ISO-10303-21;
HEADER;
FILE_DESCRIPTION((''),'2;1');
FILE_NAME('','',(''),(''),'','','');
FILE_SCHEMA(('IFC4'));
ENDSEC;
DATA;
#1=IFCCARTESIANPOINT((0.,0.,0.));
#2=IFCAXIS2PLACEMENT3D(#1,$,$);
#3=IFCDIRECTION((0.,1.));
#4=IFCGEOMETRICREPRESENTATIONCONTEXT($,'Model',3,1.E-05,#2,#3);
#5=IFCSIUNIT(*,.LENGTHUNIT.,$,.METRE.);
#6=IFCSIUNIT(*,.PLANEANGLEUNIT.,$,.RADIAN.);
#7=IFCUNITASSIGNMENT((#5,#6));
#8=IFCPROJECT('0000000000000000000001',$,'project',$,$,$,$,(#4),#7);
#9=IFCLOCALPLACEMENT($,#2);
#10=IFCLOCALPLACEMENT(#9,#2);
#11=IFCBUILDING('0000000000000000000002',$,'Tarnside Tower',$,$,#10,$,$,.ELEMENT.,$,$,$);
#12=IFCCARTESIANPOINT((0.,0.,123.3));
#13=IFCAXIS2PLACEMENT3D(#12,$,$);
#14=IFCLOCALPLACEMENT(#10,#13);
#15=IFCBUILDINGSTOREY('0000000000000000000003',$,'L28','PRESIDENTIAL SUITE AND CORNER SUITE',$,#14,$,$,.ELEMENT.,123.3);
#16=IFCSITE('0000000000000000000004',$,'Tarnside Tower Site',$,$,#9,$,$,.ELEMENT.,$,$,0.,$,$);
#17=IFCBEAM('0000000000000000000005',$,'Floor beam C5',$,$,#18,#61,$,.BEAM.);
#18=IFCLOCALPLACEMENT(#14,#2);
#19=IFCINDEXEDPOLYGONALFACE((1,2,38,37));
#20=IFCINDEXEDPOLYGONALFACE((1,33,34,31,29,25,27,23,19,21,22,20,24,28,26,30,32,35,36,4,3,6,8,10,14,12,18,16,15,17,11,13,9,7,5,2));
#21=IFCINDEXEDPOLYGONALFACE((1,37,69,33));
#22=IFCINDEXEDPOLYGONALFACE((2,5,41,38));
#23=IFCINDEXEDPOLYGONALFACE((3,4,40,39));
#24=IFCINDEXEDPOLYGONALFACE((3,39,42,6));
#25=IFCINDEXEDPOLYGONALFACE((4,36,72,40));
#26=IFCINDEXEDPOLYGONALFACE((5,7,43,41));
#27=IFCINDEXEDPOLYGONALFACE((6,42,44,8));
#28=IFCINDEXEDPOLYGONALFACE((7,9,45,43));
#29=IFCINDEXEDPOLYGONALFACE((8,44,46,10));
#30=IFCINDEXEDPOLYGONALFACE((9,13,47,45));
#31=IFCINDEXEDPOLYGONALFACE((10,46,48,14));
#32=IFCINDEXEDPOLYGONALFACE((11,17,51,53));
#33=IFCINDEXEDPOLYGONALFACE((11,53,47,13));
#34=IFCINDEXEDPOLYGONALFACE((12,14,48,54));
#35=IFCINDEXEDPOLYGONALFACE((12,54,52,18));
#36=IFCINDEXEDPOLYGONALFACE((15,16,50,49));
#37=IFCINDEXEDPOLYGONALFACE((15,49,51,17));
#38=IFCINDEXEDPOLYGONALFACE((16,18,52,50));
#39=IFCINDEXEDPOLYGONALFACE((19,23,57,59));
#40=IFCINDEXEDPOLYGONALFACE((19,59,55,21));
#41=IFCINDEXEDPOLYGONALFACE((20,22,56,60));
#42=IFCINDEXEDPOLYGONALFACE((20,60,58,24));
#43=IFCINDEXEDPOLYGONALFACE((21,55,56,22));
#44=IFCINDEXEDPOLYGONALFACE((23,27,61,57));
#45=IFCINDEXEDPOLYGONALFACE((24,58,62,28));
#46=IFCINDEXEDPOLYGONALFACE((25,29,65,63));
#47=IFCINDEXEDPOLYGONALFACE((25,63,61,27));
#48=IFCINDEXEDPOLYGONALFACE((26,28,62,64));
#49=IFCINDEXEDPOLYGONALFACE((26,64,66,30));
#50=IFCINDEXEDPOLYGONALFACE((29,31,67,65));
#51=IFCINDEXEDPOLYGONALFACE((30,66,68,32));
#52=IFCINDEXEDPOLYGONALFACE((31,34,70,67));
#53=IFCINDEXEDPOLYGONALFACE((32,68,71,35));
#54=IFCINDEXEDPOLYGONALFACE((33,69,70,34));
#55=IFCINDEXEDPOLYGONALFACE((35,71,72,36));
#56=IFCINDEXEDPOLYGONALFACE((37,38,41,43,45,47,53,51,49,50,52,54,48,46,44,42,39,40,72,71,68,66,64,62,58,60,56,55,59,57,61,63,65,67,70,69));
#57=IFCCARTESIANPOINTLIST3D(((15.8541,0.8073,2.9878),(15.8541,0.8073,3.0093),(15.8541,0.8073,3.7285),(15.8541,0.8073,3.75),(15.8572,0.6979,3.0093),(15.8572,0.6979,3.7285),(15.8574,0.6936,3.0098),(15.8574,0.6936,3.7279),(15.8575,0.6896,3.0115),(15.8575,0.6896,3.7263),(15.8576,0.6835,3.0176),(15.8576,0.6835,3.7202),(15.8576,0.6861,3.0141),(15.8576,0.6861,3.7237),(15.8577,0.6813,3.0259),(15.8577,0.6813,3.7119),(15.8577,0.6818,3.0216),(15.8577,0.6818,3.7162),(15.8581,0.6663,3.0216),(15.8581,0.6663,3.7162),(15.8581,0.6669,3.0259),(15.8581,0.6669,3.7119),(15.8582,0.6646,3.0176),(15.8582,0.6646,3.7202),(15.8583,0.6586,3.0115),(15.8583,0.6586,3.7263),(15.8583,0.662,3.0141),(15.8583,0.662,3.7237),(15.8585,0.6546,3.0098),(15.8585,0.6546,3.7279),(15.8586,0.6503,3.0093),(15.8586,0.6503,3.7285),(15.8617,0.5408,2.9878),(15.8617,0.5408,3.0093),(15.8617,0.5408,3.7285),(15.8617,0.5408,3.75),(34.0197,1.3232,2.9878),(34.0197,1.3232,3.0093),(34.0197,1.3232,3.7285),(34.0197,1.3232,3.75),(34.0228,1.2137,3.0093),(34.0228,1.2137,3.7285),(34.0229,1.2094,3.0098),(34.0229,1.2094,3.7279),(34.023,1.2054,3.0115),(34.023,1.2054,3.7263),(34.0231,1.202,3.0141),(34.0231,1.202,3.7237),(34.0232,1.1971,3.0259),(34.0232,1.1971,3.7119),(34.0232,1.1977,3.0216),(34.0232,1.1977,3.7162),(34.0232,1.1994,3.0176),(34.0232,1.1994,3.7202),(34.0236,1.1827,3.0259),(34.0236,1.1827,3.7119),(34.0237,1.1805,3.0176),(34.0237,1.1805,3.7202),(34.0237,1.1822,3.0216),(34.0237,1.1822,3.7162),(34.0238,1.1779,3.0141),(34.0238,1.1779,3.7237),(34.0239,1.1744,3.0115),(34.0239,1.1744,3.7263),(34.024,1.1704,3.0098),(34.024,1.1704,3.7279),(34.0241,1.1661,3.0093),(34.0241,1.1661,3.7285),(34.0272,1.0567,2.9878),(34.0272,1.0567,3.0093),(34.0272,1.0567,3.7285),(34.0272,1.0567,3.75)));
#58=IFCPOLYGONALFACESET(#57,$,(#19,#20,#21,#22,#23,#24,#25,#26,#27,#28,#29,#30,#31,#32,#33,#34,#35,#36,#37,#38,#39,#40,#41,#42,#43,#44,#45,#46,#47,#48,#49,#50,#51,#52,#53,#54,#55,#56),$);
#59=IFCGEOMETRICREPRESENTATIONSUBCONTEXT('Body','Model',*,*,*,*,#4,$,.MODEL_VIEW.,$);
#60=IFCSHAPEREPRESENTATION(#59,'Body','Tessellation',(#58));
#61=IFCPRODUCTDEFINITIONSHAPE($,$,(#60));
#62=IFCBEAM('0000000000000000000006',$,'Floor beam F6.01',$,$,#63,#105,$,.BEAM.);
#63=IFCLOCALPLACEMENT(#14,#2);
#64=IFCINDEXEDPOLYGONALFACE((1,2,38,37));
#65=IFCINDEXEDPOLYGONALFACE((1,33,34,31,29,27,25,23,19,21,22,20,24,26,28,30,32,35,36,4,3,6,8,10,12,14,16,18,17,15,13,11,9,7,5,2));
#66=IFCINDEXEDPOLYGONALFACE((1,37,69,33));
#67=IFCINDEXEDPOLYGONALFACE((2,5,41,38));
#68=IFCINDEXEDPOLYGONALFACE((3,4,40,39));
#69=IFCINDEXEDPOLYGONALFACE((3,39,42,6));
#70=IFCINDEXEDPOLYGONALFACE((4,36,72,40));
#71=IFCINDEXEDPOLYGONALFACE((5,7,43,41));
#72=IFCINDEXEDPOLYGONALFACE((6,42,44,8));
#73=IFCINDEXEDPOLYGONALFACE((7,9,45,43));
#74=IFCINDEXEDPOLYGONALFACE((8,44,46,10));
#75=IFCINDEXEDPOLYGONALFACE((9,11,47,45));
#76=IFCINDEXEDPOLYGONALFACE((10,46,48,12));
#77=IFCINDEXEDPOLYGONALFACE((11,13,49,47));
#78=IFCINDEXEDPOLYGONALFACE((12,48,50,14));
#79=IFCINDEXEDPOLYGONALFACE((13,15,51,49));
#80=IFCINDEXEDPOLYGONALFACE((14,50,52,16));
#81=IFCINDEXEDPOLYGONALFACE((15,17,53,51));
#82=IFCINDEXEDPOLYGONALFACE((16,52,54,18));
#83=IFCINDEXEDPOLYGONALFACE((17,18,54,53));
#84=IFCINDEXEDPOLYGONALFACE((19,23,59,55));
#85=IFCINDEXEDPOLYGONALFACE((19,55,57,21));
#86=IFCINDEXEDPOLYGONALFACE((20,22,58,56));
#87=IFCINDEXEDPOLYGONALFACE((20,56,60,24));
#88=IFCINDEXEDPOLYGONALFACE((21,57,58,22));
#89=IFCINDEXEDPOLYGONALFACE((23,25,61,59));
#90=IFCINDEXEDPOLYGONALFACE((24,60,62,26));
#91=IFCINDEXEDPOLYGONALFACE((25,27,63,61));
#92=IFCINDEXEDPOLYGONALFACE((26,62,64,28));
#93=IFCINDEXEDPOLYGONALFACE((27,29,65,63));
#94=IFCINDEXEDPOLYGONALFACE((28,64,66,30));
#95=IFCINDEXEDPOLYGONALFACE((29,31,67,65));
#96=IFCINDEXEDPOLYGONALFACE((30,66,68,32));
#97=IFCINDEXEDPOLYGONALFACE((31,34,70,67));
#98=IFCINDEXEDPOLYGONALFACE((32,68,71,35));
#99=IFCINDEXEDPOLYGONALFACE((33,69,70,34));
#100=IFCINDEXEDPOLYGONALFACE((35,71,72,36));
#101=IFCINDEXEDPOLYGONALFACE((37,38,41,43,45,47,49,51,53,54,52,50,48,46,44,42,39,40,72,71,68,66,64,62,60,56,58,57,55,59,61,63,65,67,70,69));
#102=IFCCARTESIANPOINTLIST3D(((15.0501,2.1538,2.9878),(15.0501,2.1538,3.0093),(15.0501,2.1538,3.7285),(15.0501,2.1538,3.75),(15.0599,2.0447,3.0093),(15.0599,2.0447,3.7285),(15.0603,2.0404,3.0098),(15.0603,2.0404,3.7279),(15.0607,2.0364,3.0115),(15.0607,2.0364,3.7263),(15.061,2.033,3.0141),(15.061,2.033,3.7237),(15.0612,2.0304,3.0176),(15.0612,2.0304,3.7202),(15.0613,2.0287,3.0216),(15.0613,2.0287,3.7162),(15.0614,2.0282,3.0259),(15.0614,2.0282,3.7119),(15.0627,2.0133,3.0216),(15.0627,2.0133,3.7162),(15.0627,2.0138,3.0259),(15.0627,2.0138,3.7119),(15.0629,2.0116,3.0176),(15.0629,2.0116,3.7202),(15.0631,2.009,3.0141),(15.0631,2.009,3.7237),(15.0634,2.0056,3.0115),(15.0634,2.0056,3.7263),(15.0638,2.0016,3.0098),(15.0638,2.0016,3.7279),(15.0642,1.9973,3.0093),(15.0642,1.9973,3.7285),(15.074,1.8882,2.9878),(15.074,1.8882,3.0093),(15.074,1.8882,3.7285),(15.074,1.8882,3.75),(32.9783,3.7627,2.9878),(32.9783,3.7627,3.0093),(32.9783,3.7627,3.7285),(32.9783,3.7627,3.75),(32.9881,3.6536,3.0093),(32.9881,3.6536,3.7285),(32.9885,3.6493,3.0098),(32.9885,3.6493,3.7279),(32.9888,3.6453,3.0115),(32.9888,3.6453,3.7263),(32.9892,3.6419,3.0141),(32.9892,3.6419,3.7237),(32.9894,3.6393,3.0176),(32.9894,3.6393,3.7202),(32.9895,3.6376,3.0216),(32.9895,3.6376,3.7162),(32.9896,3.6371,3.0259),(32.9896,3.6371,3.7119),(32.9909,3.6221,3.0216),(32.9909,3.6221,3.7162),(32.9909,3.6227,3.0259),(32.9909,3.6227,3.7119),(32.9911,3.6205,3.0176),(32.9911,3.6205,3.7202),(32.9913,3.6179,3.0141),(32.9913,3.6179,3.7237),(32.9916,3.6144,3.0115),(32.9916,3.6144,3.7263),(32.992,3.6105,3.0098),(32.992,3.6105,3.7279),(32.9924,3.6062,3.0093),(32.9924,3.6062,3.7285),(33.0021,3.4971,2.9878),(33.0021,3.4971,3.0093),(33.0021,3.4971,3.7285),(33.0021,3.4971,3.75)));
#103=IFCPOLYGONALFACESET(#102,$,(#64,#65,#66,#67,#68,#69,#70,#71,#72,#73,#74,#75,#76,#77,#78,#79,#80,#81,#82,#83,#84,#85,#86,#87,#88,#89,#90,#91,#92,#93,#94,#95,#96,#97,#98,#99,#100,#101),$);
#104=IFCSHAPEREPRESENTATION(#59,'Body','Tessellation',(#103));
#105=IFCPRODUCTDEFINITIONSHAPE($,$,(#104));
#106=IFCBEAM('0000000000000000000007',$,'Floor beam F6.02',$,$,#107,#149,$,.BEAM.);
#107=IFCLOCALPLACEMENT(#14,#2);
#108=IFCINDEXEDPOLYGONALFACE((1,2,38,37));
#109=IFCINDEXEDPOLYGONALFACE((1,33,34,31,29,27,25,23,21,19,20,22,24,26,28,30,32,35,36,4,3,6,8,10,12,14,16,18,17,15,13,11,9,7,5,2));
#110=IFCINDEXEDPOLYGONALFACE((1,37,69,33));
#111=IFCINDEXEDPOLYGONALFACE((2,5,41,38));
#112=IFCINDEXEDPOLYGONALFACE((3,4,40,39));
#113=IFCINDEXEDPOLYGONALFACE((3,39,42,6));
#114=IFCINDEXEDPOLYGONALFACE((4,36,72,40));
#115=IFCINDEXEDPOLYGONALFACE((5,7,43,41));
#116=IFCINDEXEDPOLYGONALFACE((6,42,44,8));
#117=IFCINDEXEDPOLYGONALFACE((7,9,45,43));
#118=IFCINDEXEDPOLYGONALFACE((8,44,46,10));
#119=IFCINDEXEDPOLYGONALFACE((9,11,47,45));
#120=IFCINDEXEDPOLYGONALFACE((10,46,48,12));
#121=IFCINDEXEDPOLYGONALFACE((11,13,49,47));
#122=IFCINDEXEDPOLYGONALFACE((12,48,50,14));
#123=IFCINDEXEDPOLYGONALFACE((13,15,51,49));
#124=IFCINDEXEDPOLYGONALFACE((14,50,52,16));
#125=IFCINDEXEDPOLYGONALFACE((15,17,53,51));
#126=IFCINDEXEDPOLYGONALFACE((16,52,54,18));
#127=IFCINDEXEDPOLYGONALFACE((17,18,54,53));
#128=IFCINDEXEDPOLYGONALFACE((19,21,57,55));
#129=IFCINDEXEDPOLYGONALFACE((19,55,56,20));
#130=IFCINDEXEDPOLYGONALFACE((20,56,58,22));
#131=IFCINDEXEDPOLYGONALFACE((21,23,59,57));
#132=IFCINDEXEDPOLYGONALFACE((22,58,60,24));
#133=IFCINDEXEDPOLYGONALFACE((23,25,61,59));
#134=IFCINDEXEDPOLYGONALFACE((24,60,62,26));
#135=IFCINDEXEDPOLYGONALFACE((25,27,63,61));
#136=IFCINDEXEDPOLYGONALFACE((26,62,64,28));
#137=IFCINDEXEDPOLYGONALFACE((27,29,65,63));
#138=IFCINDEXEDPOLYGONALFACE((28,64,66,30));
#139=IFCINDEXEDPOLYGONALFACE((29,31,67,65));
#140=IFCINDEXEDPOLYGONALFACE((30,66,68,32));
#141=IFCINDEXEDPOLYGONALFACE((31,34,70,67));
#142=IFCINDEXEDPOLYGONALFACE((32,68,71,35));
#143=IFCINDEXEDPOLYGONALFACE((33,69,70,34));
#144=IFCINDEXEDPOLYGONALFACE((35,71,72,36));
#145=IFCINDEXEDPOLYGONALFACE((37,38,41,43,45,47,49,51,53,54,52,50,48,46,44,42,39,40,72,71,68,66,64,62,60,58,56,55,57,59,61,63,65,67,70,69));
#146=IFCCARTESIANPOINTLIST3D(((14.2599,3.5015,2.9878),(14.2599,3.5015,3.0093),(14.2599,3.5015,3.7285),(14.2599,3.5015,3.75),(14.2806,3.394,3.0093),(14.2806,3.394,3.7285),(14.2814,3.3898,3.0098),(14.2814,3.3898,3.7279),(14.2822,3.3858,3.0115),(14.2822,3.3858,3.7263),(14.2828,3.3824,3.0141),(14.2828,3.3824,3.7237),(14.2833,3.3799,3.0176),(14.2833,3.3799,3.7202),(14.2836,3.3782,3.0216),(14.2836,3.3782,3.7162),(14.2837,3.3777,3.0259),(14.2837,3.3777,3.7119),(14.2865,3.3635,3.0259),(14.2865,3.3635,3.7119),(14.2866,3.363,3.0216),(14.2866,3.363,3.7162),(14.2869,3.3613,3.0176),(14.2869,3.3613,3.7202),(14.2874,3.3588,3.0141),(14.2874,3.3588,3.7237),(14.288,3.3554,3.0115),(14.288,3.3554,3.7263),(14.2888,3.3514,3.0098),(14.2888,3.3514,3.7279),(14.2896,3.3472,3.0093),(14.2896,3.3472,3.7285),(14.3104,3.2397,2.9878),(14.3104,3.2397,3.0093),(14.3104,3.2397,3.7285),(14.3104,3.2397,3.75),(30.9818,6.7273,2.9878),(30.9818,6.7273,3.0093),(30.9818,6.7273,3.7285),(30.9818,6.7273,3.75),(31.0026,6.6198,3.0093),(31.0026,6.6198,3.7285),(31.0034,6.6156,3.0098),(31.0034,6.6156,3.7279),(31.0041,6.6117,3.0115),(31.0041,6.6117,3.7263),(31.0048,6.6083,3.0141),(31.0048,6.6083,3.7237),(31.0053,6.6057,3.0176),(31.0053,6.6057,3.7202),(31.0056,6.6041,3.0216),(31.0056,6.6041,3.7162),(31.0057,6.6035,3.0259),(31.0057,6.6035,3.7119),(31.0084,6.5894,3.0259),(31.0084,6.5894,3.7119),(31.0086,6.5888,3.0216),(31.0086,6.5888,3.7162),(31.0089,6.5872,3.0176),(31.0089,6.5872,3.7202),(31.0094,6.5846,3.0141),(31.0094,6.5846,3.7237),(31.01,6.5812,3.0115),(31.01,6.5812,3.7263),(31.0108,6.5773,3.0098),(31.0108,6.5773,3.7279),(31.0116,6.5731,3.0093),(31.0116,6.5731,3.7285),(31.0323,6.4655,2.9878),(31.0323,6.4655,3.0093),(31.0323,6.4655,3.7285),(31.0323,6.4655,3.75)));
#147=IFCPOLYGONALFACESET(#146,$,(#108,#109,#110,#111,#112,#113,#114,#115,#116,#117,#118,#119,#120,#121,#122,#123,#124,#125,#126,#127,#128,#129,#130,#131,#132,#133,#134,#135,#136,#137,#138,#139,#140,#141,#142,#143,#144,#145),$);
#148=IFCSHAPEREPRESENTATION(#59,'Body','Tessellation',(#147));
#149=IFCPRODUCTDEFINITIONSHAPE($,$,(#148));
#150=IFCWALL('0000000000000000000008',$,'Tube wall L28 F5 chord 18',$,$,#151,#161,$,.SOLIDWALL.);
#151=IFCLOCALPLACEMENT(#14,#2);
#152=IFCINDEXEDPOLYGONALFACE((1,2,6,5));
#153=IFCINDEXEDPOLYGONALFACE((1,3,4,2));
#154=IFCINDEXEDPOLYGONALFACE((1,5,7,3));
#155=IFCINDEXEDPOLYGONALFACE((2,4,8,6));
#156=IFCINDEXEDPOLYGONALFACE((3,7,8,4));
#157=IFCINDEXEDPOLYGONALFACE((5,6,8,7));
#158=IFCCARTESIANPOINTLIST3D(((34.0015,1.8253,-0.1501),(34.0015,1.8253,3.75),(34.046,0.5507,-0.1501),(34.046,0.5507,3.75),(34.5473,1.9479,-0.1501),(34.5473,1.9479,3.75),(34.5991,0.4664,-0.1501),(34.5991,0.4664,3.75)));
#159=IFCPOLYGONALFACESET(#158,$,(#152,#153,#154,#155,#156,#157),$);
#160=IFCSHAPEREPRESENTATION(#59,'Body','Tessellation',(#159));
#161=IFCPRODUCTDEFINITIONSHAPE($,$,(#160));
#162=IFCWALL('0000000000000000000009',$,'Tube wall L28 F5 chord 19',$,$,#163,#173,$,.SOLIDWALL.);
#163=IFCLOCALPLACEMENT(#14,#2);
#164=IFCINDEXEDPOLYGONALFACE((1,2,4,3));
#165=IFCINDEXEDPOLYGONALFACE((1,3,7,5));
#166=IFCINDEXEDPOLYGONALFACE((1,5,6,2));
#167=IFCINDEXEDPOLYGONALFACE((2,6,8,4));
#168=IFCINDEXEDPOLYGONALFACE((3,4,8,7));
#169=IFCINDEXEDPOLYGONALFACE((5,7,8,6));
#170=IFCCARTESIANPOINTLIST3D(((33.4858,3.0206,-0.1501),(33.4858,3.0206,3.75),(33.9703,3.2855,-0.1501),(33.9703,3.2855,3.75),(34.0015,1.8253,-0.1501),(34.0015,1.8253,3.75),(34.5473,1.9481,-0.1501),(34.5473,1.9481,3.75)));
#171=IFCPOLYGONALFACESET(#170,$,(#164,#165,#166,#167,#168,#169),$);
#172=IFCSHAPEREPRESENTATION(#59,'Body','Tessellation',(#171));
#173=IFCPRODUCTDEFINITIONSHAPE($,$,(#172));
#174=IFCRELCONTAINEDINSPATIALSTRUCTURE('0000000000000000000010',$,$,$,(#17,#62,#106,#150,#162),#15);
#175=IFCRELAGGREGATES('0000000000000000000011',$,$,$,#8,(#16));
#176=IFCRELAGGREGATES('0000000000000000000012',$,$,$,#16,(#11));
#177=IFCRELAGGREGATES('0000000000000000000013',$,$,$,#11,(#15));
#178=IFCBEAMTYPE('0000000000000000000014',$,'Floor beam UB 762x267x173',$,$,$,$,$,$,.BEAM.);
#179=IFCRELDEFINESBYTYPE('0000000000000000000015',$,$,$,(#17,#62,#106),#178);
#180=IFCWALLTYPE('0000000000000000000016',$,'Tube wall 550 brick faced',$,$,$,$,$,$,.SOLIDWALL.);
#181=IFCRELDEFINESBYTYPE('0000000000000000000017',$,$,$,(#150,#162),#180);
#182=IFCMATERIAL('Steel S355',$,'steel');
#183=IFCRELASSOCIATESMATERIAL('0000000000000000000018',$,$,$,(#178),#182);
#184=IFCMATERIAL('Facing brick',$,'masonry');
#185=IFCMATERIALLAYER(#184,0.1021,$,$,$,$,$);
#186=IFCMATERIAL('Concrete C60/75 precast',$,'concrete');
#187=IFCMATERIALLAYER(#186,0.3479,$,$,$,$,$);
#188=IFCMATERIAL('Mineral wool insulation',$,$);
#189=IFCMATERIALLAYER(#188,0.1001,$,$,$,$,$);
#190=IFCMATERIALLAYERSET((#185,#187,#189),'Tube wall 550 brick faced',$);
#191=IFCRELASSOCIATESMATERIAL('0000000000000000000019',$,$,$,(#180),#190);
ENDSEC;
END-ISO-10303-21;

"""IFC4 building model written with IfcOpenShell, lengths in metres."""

from ifc_helpers import new_model, si_unit, direction, frame, origin, origin_2d, place, context, subcontext, project, spatial, polyline, i_section, outline, extrude, material, layer, layer_set, material_profile, profile_set, type_object, element, save


model = new_model("IFC4")

# Units and contexts
model_context = context("Model", 3, precision=1e-05, world=origin(), true_north=direction((0.0, 1.0)))
body_context = subcontext(model_context, "Body", "Model", "MODEL_VIEW")
ifc_project = project(units=[si_unit("LENGTHUNIT", "METRE"), si_unit("PLANEANGLEUNIT", "RADIAN")], contexts=[model_context])

# Site, building, storey
site_placement = place(None, origin())
site = spatial("IfcSite", under=ifc_project, at=site_placement, Name="Tarnside Tower Site", CompositionType="ELEMENT", RefElevation=0.0)
building_placement = place(site_placement, origin())
building = spatial("IfcBuilding", under=site, at=building_placement, Name="Tarnside Tower", CompositionType="ELEMENT")
storey_placement = place(building_placement, frame((0.0, 0.0, 123.3)))
storey = spatial("IfcBuildingStorey", under=building, at=storey_placement, Name="L28", Description="PRESIDENTIAL SUITE AND CORNER SUITE", CompositionType="ELEMENT", Elevation=123.3)

# Beams
ifc_material_1 = material(Name="Steel S355", Category="steel")
ifc_material_profile = material_profile(ifc_material_1, i_section(OverallWidth=0.2666, OverallDepth=0.7622, WebThickness=0.0144, FlangeThickness=0.0215, FilletRadius=0.0166, at=origin_2d()), Name="UB 762x267x173")
ifc_profile_set = profile_set([ifc_material_profile], Name="Steel S355")
beam_type = type_object("IfcBeamType", Name="Floor beam UB 762x267x173", PredefinedType="BEAM", material=ifc_profile_set)
beam_1_placement = place(storey_placement, frame((34.0234, 1.1899, 3.3689), z_axis=(-0.999597, -0.028387, 0.0), x_axis=(0.028387, -0.999597, 0.0)))
element("IfcBeam", 1, at=beam_1_placement, inside=storey, type_object=beam_type, Name="Floor beam C5", PredefinedType="BEAM", context=body_context, shape_type="SweptSolid", body=[
    extrude(i_section(OverallWidth=0.2666, OverallDepth=0.7622, WebThickness=0.0144, FlangeThickness=0.0215, FilletRadius=0.0166, at=origin_2d()), origin(), (0.0, 0.0, 1.0), 18.1729),
])
beam_2_placement = place(storey_placement, frame((32.9902, 3.6299, 3.3689), z_axis=(-0.995997, -0.089381, 0.0), x_axis=(0.089381, -0.995997, 0.0)))
element("IfcBeam", 2, at=beam_2_placement, inside=storey, type_object=beam_type, Name="Floor beam F6.01", PredefinedType="BEAM", context=body_context, shape_type="SweptSolid", body=[
    extrude(i_section(OverallWidth=0.2666, OverallDepth=0.7622, WebThickness=0.0144, FlangeThickness=0.0215, FilletRadius=0.0166, at=origin_2d()), origin(), (0.0, 0.0, 1.0), 18.0002),
])
beam_3_placement = place(storey_placement, frame((31.0071, 6.5964, 3.3689), z_axis=(-0.981897, -0.189418, 0.0), x_axis=(0.189418, -0.981897, 0.0)))
element("IfcBeam", 3, at=beam_3_placement, inside=storey, type_object=beam_type, Name="Floor beam F6.02", PredefinedType="BEAM", context=body_context, shape_type="SweptSolid", body=[
    extrude(i_section(OverallWidth=0.2666, OverallDepth=0.7622, WebThickness=0.0144, FlangeThickness=0.0215, FilletRadius=0.0166, at=origin_2d()), origin(), (0.0, 0.0, 1.0), 17.0303),
])

# Walls
ifc_material_2 = material(Name="Facing brick", Category="masonry")
ifc_layer_1 = layer(ifc_material_2, 0.1021)
ifc_material_3 = material(Name="Concrete C60/75 precast", Category="concrete")
ifc_layer_2 = layer(ifc_material_3, 0.3479)
ifc_material_4 = material(Name="Mineral wool insulation")
ifc_layer_3 = layer(ifc_material_4, 0.1001)
ifc_layer_set_1 = layer_set([ifc_layer_1, ifc_layer_2, ifc_layer_3], Name="Tube wall 550 brick faced")
wall_type = type_object("IfcWallType", Name="Tube wall 550 brick faced", PredefinedType="SOLIDWALL", material=ifc_layer_set_1)
wall_1_placement = place(storey_placement, frame((34.3225, 0.5085, -0.1501), z_axis=(0.0, 0.0, 1.0), x_axis=(-0.034877, 0.999392, 0.0)))
element("IfcWall", 4, at=wall_1_placement, inside=storey, type_object=wall_type, Name="Tube wall L28 F5 chord 18", PredefinedType="SOLIDWALL", context=body_context, shape_type="SweptSolid", body=[
    extrude(outline(polyline([(-0.0518, -0.2749), (1.4307, -0.2749), (1.3271, 0.2749), (0.0518, 0.2749), (-0.0518, -0.2749)])), origin(), (0.0, 0.0, 1.0), 3.9001),
])
wall_2_placement = place(storey_placement, frame((34.2744, 1.8867, -0.1501), z_axis=(0.0, 0.0, 1.0), x_axis=(-0.396161, 0.918181, 0.0)))
element("IfcWall", 5, at=wall_2_placement, inside=storey, type_object=wall_type, Name="Tube wall L28 F5 chord 19", PredefinedType="SOLIDWALL", context=body_context, shape_type="SweptSolid", body=[
    extrude(outline(polyline([(-0.0518, -0.2749), (1.4048, -0.2749), (1.3535, 0.2749), (0.0518, 0.2749), (-0.0518, -0.2749)])), origin(), (0.0, 0.0, 1.0), 3.9001),
])

save(model, "model.ifc")
